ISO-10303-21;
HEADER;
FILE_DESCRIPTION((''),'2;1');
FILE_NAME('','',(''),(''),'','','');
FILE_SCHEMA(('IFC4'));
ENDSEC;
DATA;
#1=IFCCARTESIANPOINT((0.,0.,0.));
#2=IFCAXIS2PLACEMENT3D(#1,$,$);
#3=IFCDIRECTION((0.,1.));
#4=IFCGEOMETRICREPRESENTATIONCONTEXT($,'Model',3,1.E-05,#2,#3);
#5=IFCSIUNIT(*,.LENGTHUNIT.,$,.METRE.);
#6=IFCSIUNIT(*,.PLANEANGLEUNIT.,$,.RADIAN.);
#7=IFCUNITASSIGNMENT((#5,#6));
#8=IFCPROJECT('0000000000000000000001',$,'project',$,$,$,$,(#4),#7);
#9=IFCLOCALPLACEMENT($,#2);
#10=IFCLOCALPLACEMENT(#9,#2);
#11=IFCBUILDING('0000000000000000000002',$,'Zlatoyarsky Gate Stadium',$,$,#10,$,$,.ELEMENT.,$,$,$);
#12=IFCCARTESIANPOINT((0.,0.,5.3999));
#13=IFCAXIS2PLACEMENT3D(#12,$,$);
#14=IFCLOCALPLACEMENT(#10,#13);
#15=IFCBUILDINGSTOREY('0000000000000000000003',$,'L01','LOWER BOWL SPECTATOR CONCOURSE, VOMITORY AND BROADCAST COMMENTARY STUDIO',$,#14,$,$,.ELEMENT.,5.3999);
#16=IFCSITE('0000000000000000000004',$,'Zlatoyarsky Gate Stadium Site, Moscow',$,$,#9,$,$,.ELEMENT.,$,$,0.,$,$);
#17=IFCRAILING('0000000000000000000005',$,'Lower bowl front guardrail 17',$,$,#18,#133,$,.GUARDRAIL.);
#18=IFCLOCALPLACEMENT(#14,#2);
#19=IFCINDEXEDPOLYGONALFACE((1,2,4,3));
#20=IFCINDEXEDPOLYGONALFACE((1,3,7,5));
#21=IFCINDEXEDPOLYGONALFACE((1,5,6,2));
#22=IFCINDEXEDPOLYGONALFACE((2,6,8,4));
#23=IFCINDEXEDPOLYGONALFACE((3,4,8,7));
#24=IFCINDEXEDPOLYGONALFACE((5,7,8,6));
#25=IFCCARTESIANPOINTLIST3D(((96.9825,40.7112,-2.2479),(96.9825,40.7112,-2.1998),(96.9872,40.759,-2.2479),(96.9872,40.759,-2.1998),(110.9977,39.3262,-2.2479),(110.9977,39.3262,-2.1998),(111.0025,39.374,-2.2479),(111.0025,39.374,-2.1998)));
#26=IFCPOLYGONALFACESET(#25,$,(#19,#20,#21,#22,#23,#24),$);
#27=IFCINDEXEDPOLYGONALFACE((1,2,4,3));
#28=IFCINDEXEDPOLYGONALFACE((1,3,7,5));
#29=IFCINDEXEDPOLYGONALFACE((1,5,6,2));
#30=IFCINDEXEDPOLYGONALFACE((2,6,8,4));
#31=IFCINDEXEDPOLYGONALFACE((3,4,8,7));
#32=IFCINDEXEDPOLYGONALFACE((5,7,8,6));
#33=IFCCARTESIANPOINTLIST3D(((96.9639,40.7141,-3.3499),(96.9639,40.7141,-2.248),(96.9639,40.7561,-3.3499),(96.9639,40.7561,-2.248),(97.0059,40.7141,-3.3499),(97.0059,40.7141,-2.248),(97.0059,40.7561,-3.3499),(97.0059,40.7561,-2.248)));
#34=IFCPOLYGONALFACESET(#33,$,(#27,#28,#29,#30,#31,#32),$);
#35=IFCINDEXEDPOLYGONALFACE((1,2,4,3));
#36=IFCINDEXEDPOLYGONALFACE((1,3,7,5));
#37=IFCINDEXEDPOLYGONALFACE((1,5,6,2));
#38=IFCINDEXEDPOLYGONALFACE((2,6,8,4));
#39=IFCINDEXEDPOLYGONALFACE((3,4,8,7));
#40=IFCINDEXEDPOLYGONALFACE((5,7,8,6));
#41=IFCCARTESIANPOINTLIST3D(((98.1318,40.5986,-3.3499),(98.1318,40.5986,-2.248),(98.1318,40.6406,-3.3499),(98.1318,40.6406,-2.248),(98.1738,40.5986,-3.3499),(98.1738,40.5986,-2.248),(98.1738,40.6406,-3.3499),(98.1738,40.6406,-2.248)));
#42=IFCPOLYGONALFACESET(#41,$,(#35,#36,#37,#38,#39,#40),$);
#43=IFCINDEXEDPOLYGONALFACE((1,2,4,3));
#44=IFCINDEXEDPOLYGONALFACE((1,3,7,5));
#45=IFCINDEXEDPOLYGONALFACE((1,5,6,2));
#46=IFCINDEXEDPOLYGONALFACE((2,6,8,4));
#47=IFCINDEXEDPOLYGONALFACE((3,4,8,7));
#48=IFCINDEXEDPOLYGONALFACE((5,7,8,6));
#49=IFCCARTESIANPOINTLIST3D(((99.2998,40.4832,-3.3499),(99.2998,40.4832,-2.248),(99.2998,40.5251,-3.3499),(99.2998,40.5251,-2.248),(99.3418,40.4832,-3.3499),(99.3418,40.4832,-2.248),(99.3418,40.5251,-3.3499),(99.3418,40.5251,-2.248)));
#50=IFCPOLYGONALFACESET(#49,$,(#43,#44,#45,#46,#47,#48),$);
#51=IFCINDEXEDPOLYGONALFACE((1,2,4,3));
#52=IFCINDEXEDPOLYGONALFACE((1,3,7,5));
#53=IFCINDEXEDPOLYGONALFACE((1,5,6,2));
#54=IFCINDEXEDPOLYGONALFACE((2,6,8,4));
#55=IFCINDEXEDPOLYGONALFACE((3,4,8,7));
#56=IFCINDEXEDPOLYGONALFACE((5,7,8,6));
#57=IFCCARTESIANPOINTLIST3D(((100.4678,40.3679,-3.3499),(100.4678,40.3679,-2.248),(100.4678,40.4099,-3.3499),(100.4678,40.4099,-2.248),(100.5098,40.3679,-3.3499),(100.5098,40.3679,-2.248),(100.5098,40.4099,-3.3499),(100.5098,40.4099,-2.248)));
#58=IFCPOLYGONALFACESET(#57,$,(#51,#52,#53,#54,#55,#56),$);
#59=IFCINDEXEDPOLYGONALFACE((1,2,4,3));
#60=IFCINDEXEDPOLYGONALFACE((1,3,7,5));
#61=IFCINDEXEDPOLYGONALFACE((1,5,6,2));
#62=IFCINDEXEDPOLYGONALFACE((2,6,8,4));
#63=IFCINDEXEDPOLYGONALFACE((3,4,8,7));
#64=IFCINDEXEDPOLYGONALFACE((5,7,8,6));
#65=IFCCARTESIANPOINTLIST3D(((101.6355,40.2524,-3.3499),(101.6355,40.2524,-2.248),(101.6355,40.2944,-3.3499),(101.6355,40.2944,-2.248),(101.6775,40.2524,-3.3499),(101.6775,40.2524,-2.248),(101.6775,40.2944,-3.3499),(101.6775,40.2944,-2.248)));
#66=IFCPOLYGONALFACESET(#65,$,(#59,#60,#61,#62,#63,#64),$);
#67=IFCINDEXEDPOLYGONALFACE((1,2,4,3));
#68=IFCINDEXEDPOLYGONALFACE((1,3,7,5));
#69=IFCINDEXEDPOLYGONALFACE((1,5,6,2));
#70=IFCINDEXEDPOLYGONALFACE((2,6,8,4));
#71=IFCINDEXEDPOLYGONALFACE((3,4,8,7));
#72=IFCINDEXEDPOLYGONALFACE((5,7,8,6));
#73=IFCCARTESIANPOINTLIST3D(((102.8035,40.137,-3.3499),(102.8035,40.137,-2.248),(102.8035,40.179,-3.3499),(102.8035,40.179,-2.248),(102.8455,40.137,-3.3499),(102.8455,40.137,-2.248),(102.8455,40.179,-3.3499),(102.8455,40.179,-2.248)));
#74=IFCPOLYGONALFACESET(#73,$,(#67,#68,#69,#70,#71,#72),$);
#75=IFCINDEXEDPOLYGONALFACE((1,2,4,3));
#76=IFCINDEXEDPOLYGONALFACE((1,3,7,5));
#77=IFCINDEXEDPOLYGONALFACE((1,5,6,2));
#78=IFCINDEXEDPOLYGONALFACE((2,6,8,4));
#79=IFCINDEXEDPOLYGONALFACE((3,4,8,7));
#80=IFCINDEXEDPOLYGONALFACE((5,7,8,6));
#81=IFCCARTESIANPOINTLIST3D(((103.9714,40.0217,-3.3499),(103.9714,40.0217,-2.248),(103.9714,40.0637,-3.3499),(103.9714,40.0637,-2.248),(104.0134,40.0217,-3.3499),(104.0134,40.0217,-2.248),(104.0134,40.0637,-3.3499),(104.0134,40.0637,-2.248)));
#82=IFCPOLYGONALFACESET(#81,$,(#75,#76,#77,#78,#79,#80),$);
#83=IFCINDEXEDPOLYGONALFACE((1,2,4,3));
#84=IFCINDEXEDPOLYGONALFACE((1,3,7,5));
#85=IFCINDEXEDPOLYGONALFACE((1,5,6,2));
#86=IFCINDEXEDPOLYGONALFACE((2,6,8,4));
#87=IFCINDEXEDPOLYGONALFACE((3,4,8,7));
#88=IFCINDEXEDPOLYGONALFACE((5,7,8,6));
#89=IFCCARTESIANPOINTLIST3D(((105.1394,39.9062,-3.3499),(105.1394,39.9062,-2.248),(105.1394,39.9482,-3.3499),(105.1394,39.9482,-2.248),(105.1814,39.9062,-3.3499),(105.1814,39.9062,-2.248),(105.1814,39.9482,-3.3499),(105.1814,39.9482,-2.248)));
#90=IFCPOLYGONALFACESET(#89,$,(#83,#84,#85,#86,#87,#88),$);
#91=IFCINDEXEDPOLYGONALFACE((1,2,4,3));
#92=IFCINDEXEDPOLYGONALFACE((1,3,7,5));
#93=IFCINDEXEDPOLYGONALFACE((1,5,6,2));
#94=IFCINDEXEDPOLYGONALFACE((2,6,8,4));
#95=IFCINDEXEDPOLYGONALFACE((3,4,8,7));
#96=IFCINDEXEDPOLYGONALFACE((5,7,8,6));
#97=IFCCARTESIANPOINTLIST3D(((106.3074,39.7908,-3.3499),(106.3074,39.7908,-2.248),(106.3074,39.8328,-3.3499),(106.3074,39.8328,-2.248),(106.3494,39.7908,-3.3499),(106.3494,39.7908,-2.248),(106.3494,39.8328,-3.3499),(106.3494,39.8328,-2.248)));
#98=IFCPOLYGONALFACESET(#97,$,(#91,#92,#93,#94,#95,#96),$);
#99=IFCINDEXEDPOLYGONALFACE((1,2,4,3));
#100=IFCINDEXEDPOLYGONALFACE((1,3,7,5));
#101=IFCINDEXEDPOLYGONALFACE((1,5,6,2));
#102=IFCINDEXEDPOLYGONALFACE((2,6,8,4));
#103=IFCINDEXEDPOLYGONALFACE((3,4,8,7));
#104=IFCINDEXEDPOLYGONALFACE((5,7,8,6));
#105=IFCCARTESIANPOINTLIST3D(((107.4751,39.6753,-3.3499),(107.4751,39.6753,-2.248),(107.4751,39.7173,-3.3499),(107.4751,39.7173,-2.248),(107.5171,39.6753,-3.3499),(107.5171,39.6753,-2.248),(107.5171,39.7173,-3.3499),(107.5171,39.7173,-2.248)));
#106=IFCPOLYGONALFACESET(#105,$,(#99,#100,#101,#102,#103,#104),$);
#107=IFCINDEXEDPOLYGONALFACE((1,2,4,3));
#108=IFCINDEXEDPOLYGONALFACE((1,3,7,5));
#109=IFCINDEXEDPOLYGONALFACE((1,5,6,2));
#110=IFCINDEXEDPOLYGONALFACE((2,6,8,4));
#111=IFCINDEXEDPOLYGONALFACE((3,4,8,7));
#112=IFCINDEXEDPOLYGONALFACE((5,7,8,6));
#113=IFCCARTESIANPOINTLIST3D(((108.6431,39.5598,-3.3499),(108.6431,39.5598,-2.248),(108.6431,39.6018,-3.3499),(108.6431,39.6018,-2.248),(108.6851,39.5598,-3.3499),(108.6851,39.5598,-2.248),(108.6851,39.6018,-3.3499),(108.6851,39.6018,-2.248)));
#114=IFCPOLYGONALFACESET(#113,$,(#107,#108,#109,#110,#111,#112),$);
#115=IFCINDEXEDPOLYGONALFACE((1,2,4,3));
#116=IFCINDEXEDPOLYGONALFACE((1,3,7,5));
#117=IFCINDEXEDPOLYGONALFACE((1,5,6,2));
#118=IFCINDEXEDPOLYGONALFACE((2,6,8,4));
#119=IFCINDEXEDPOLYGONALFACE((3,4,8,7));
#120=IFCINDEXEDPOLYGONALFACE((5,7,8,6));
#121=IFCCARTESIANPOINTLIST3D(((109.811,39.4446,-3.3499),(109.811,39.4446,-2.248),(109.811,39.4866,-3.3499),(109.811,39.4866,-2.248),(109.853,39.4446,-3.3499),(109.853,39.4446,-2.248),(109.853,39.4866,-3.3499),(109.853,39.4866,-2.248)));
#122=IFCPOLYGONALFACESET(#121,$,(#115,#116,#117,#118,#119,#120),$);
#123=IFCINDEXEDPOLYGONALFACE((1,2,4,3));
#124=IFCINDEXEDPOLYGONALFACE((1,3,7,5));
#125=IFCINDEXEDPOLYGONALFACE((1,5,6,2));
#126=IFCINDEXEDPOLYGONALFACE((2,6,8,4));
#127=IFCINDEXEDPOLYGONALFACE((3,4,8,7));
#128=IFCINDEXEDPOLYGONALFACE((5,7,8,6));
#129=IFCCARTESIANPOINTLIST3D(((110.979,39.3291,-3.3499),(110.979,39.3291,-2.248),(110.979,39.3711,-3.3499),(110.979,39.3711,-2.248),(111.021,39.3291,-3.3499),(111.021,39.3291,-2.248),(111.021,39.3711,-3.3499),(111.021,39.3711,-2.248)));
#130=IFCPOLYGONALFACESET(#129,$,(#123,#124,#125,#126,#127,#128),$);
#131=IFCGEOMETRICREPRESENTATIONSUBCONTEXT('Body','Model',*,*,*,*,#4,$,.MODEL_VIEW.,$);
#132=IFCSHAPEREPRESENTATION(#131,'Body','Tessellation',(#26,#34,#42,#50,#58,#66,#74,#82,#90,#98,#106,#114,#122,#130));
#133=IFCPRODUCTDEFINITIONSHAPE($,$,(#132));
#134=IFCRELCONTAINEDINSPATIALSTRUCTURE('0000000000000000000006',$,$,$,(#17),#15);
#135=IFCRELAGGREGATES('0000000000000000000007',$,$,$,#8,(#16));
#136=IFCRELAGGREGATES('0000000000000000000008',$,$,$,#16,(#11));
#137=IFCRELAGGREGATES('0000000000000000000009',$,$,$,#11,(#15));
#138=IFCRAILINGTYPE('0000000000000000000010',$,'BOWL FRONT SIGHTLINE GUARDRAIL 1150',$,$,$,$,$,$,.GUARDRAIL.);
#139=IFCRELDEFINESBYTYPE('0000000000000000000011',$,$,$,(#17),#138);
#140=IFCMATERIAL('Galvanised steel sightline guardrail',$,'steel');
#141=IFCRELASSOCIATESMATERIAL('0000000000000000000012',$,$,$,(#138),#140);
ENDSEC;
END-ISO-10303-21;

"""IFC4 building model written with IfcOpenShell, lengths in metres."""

from ifc_helpers import new_model, si_unit, direction, frame, origin, origin_2d, place, context, subcontext, project, spatial, rectangle, extrude, material, type_object, element, save


model = new_model("IFC4")

# Units and contexts
model_context = context("Model", 3, precision=1e-05, world=origin(), true_north=direction((0.0, 1.0)))
body_context = subcontext(model_context, "Body", "Model", "MODEL_VIEW")
ifc_project = project(units=[si_unit("LENGTHUNIT", "METRE"), si_unit("PLANEANGLEUNIT", "RADIAN")], contexts=[model_context])

# Site, building, storey
site_placement = place(None, origin())
site = spatial("IfcSite", under=ifc_project, at=site_placement, Name="Zlatoyarsky Gate Stadium Site, Moscow", CompositionType="ELEMENT", RefElevation=0.0)
building_placement = place(site_placement, origin())
building = spatial("IfcBuilding", under=site, at=building_placement, Name="Zlatoyarsky Gate Stadium", CompositionType="ELEMENT")
storey_placement = place(building_placement, frame((0.0, 0.0, 5.3999)))
storey = spatial("IfcBuildingStorey", under=building, at=storey_placement, Name="L01", Description="LOWER BOWL SPECTATOR CONCOURSE, VOMITORY AND BROADCAST COMMENTARY STUDIO", CompositionType="ELEMENT", Elevation=5.3999)

# Railing
ifc_material_1 = material(Name="Galvanised steel sightline guardrail", Category="steel")
railing_type_1 = type_object("IfcRailingType", Name="BOWL FRONT SIGHTLINE GUARDRAIL 1150", PredefinedType="GUARDRAIL", material=ifc_material_1)
railing_1_placement = place(storey_placement, frame((96.9849, 40.7351, -3.3499)))
element("IfcRailing", 1, at=railing_1_placement, inside=storey, type_object=railing_type_1, Name="Lower bowl front guardrail 17", PredefinedType="GUARDRAIL", context=body_context, shape_type="SweptSolid", body=[
    extrude(rectangle(XDim=0.0481, YDim=0.0481, at=origin_2d()), frame((0.0, 0.0, 1.126), z_axis=(0.995153, -0.098343, 0.0), x_axis=(0.098343, 0.995153, 0.0)), (0.0, 0.0, 1.0), 14.0835),
    extrude(rectangle(XDim=0.042, YDim=0.042, at=origin_2d()), origin(), (0.0, 0.0, 1.0), 1.1018),
    extrude(rectangle(XDim=0.042, YDim=0.042, at=origin_2d()), frame((1.168, -0.1155, 0.0)), (0.0, 0.0, 1.0), 1.1018),
    extrude(rectangle(XDim=0.042, YDim=0.042, at=origin_2d()), frame((2.3359, -0.231, 0.0)), (0.0, 0.0, 1.0), 1.1018),
    extrude(rectangle(XDim=0.042, YDim=0.042, at=origin_2d()), frame((3.5039, -0.3462, 0.0)), (0.0, 0.0, 1.0), 1.1018),
    extrude(rectangle(XDim=0.042, YDim=0.042, at=origin_2d()), frame((4.6716, -0.4617, 0.0)), (0.0, 0.0, 1.0), 1.1018),
    extrude(rectangle(XDim=0.042, YDim=0.042, at=origin_2d()), frame((5.8396, -0.5771, 0.0)), (0.0, 0.0, 1.0), 1.1018),
    extrude(rectangle(XDim=0.042, YDim=0.042, at=origin_2d()), frame((7.0076, -0.6924, 0.0)), (0.0, 0.0, 1.0), 1.1018),
    extrude(rectangle(XDim=0.042, YDim=0.042, at=origin_2d()), frame((8.1755, -0.8079, 0.0)), (0.0, 0.0, 1.0), 1.1018),
    extrude(rectangle(XDim=0.042, YDim=0.042, at=origin_2d()), frame((9.3435, -0.9233, 0.0)), (0.0, 0.0, 1.0), 1.1018),
    extrude(rectangle(XDim=0.042, YDim=0.042, at=origin_2d()), frame((10.5112, -1.0388, 0.0)), (0.0, 0.0, 1.0), 1.1018),
    extrude(rectangle(XDim=0.042, YDim=0.042, at=origin_2d()), frame((11.6792, -1.1543, 0.0)), (0.0, 0.0, 1.0), 1.1018),
    extrude(rectangle(XDim=0.042, YDim=0.042, at=origin_2d()), frame((12.8472, -1.2695, 0.0)), (0.0, 0.0, 1.0), 1.1018),
    extrude(rectangle(XDim=0.042, YDim=0.042, at=origin_2d()), frame((14.0151, -1.385, 0.0)), (0.0, 0.0, 1.0), 1.1018),
])

save(model, "model.ifc")
